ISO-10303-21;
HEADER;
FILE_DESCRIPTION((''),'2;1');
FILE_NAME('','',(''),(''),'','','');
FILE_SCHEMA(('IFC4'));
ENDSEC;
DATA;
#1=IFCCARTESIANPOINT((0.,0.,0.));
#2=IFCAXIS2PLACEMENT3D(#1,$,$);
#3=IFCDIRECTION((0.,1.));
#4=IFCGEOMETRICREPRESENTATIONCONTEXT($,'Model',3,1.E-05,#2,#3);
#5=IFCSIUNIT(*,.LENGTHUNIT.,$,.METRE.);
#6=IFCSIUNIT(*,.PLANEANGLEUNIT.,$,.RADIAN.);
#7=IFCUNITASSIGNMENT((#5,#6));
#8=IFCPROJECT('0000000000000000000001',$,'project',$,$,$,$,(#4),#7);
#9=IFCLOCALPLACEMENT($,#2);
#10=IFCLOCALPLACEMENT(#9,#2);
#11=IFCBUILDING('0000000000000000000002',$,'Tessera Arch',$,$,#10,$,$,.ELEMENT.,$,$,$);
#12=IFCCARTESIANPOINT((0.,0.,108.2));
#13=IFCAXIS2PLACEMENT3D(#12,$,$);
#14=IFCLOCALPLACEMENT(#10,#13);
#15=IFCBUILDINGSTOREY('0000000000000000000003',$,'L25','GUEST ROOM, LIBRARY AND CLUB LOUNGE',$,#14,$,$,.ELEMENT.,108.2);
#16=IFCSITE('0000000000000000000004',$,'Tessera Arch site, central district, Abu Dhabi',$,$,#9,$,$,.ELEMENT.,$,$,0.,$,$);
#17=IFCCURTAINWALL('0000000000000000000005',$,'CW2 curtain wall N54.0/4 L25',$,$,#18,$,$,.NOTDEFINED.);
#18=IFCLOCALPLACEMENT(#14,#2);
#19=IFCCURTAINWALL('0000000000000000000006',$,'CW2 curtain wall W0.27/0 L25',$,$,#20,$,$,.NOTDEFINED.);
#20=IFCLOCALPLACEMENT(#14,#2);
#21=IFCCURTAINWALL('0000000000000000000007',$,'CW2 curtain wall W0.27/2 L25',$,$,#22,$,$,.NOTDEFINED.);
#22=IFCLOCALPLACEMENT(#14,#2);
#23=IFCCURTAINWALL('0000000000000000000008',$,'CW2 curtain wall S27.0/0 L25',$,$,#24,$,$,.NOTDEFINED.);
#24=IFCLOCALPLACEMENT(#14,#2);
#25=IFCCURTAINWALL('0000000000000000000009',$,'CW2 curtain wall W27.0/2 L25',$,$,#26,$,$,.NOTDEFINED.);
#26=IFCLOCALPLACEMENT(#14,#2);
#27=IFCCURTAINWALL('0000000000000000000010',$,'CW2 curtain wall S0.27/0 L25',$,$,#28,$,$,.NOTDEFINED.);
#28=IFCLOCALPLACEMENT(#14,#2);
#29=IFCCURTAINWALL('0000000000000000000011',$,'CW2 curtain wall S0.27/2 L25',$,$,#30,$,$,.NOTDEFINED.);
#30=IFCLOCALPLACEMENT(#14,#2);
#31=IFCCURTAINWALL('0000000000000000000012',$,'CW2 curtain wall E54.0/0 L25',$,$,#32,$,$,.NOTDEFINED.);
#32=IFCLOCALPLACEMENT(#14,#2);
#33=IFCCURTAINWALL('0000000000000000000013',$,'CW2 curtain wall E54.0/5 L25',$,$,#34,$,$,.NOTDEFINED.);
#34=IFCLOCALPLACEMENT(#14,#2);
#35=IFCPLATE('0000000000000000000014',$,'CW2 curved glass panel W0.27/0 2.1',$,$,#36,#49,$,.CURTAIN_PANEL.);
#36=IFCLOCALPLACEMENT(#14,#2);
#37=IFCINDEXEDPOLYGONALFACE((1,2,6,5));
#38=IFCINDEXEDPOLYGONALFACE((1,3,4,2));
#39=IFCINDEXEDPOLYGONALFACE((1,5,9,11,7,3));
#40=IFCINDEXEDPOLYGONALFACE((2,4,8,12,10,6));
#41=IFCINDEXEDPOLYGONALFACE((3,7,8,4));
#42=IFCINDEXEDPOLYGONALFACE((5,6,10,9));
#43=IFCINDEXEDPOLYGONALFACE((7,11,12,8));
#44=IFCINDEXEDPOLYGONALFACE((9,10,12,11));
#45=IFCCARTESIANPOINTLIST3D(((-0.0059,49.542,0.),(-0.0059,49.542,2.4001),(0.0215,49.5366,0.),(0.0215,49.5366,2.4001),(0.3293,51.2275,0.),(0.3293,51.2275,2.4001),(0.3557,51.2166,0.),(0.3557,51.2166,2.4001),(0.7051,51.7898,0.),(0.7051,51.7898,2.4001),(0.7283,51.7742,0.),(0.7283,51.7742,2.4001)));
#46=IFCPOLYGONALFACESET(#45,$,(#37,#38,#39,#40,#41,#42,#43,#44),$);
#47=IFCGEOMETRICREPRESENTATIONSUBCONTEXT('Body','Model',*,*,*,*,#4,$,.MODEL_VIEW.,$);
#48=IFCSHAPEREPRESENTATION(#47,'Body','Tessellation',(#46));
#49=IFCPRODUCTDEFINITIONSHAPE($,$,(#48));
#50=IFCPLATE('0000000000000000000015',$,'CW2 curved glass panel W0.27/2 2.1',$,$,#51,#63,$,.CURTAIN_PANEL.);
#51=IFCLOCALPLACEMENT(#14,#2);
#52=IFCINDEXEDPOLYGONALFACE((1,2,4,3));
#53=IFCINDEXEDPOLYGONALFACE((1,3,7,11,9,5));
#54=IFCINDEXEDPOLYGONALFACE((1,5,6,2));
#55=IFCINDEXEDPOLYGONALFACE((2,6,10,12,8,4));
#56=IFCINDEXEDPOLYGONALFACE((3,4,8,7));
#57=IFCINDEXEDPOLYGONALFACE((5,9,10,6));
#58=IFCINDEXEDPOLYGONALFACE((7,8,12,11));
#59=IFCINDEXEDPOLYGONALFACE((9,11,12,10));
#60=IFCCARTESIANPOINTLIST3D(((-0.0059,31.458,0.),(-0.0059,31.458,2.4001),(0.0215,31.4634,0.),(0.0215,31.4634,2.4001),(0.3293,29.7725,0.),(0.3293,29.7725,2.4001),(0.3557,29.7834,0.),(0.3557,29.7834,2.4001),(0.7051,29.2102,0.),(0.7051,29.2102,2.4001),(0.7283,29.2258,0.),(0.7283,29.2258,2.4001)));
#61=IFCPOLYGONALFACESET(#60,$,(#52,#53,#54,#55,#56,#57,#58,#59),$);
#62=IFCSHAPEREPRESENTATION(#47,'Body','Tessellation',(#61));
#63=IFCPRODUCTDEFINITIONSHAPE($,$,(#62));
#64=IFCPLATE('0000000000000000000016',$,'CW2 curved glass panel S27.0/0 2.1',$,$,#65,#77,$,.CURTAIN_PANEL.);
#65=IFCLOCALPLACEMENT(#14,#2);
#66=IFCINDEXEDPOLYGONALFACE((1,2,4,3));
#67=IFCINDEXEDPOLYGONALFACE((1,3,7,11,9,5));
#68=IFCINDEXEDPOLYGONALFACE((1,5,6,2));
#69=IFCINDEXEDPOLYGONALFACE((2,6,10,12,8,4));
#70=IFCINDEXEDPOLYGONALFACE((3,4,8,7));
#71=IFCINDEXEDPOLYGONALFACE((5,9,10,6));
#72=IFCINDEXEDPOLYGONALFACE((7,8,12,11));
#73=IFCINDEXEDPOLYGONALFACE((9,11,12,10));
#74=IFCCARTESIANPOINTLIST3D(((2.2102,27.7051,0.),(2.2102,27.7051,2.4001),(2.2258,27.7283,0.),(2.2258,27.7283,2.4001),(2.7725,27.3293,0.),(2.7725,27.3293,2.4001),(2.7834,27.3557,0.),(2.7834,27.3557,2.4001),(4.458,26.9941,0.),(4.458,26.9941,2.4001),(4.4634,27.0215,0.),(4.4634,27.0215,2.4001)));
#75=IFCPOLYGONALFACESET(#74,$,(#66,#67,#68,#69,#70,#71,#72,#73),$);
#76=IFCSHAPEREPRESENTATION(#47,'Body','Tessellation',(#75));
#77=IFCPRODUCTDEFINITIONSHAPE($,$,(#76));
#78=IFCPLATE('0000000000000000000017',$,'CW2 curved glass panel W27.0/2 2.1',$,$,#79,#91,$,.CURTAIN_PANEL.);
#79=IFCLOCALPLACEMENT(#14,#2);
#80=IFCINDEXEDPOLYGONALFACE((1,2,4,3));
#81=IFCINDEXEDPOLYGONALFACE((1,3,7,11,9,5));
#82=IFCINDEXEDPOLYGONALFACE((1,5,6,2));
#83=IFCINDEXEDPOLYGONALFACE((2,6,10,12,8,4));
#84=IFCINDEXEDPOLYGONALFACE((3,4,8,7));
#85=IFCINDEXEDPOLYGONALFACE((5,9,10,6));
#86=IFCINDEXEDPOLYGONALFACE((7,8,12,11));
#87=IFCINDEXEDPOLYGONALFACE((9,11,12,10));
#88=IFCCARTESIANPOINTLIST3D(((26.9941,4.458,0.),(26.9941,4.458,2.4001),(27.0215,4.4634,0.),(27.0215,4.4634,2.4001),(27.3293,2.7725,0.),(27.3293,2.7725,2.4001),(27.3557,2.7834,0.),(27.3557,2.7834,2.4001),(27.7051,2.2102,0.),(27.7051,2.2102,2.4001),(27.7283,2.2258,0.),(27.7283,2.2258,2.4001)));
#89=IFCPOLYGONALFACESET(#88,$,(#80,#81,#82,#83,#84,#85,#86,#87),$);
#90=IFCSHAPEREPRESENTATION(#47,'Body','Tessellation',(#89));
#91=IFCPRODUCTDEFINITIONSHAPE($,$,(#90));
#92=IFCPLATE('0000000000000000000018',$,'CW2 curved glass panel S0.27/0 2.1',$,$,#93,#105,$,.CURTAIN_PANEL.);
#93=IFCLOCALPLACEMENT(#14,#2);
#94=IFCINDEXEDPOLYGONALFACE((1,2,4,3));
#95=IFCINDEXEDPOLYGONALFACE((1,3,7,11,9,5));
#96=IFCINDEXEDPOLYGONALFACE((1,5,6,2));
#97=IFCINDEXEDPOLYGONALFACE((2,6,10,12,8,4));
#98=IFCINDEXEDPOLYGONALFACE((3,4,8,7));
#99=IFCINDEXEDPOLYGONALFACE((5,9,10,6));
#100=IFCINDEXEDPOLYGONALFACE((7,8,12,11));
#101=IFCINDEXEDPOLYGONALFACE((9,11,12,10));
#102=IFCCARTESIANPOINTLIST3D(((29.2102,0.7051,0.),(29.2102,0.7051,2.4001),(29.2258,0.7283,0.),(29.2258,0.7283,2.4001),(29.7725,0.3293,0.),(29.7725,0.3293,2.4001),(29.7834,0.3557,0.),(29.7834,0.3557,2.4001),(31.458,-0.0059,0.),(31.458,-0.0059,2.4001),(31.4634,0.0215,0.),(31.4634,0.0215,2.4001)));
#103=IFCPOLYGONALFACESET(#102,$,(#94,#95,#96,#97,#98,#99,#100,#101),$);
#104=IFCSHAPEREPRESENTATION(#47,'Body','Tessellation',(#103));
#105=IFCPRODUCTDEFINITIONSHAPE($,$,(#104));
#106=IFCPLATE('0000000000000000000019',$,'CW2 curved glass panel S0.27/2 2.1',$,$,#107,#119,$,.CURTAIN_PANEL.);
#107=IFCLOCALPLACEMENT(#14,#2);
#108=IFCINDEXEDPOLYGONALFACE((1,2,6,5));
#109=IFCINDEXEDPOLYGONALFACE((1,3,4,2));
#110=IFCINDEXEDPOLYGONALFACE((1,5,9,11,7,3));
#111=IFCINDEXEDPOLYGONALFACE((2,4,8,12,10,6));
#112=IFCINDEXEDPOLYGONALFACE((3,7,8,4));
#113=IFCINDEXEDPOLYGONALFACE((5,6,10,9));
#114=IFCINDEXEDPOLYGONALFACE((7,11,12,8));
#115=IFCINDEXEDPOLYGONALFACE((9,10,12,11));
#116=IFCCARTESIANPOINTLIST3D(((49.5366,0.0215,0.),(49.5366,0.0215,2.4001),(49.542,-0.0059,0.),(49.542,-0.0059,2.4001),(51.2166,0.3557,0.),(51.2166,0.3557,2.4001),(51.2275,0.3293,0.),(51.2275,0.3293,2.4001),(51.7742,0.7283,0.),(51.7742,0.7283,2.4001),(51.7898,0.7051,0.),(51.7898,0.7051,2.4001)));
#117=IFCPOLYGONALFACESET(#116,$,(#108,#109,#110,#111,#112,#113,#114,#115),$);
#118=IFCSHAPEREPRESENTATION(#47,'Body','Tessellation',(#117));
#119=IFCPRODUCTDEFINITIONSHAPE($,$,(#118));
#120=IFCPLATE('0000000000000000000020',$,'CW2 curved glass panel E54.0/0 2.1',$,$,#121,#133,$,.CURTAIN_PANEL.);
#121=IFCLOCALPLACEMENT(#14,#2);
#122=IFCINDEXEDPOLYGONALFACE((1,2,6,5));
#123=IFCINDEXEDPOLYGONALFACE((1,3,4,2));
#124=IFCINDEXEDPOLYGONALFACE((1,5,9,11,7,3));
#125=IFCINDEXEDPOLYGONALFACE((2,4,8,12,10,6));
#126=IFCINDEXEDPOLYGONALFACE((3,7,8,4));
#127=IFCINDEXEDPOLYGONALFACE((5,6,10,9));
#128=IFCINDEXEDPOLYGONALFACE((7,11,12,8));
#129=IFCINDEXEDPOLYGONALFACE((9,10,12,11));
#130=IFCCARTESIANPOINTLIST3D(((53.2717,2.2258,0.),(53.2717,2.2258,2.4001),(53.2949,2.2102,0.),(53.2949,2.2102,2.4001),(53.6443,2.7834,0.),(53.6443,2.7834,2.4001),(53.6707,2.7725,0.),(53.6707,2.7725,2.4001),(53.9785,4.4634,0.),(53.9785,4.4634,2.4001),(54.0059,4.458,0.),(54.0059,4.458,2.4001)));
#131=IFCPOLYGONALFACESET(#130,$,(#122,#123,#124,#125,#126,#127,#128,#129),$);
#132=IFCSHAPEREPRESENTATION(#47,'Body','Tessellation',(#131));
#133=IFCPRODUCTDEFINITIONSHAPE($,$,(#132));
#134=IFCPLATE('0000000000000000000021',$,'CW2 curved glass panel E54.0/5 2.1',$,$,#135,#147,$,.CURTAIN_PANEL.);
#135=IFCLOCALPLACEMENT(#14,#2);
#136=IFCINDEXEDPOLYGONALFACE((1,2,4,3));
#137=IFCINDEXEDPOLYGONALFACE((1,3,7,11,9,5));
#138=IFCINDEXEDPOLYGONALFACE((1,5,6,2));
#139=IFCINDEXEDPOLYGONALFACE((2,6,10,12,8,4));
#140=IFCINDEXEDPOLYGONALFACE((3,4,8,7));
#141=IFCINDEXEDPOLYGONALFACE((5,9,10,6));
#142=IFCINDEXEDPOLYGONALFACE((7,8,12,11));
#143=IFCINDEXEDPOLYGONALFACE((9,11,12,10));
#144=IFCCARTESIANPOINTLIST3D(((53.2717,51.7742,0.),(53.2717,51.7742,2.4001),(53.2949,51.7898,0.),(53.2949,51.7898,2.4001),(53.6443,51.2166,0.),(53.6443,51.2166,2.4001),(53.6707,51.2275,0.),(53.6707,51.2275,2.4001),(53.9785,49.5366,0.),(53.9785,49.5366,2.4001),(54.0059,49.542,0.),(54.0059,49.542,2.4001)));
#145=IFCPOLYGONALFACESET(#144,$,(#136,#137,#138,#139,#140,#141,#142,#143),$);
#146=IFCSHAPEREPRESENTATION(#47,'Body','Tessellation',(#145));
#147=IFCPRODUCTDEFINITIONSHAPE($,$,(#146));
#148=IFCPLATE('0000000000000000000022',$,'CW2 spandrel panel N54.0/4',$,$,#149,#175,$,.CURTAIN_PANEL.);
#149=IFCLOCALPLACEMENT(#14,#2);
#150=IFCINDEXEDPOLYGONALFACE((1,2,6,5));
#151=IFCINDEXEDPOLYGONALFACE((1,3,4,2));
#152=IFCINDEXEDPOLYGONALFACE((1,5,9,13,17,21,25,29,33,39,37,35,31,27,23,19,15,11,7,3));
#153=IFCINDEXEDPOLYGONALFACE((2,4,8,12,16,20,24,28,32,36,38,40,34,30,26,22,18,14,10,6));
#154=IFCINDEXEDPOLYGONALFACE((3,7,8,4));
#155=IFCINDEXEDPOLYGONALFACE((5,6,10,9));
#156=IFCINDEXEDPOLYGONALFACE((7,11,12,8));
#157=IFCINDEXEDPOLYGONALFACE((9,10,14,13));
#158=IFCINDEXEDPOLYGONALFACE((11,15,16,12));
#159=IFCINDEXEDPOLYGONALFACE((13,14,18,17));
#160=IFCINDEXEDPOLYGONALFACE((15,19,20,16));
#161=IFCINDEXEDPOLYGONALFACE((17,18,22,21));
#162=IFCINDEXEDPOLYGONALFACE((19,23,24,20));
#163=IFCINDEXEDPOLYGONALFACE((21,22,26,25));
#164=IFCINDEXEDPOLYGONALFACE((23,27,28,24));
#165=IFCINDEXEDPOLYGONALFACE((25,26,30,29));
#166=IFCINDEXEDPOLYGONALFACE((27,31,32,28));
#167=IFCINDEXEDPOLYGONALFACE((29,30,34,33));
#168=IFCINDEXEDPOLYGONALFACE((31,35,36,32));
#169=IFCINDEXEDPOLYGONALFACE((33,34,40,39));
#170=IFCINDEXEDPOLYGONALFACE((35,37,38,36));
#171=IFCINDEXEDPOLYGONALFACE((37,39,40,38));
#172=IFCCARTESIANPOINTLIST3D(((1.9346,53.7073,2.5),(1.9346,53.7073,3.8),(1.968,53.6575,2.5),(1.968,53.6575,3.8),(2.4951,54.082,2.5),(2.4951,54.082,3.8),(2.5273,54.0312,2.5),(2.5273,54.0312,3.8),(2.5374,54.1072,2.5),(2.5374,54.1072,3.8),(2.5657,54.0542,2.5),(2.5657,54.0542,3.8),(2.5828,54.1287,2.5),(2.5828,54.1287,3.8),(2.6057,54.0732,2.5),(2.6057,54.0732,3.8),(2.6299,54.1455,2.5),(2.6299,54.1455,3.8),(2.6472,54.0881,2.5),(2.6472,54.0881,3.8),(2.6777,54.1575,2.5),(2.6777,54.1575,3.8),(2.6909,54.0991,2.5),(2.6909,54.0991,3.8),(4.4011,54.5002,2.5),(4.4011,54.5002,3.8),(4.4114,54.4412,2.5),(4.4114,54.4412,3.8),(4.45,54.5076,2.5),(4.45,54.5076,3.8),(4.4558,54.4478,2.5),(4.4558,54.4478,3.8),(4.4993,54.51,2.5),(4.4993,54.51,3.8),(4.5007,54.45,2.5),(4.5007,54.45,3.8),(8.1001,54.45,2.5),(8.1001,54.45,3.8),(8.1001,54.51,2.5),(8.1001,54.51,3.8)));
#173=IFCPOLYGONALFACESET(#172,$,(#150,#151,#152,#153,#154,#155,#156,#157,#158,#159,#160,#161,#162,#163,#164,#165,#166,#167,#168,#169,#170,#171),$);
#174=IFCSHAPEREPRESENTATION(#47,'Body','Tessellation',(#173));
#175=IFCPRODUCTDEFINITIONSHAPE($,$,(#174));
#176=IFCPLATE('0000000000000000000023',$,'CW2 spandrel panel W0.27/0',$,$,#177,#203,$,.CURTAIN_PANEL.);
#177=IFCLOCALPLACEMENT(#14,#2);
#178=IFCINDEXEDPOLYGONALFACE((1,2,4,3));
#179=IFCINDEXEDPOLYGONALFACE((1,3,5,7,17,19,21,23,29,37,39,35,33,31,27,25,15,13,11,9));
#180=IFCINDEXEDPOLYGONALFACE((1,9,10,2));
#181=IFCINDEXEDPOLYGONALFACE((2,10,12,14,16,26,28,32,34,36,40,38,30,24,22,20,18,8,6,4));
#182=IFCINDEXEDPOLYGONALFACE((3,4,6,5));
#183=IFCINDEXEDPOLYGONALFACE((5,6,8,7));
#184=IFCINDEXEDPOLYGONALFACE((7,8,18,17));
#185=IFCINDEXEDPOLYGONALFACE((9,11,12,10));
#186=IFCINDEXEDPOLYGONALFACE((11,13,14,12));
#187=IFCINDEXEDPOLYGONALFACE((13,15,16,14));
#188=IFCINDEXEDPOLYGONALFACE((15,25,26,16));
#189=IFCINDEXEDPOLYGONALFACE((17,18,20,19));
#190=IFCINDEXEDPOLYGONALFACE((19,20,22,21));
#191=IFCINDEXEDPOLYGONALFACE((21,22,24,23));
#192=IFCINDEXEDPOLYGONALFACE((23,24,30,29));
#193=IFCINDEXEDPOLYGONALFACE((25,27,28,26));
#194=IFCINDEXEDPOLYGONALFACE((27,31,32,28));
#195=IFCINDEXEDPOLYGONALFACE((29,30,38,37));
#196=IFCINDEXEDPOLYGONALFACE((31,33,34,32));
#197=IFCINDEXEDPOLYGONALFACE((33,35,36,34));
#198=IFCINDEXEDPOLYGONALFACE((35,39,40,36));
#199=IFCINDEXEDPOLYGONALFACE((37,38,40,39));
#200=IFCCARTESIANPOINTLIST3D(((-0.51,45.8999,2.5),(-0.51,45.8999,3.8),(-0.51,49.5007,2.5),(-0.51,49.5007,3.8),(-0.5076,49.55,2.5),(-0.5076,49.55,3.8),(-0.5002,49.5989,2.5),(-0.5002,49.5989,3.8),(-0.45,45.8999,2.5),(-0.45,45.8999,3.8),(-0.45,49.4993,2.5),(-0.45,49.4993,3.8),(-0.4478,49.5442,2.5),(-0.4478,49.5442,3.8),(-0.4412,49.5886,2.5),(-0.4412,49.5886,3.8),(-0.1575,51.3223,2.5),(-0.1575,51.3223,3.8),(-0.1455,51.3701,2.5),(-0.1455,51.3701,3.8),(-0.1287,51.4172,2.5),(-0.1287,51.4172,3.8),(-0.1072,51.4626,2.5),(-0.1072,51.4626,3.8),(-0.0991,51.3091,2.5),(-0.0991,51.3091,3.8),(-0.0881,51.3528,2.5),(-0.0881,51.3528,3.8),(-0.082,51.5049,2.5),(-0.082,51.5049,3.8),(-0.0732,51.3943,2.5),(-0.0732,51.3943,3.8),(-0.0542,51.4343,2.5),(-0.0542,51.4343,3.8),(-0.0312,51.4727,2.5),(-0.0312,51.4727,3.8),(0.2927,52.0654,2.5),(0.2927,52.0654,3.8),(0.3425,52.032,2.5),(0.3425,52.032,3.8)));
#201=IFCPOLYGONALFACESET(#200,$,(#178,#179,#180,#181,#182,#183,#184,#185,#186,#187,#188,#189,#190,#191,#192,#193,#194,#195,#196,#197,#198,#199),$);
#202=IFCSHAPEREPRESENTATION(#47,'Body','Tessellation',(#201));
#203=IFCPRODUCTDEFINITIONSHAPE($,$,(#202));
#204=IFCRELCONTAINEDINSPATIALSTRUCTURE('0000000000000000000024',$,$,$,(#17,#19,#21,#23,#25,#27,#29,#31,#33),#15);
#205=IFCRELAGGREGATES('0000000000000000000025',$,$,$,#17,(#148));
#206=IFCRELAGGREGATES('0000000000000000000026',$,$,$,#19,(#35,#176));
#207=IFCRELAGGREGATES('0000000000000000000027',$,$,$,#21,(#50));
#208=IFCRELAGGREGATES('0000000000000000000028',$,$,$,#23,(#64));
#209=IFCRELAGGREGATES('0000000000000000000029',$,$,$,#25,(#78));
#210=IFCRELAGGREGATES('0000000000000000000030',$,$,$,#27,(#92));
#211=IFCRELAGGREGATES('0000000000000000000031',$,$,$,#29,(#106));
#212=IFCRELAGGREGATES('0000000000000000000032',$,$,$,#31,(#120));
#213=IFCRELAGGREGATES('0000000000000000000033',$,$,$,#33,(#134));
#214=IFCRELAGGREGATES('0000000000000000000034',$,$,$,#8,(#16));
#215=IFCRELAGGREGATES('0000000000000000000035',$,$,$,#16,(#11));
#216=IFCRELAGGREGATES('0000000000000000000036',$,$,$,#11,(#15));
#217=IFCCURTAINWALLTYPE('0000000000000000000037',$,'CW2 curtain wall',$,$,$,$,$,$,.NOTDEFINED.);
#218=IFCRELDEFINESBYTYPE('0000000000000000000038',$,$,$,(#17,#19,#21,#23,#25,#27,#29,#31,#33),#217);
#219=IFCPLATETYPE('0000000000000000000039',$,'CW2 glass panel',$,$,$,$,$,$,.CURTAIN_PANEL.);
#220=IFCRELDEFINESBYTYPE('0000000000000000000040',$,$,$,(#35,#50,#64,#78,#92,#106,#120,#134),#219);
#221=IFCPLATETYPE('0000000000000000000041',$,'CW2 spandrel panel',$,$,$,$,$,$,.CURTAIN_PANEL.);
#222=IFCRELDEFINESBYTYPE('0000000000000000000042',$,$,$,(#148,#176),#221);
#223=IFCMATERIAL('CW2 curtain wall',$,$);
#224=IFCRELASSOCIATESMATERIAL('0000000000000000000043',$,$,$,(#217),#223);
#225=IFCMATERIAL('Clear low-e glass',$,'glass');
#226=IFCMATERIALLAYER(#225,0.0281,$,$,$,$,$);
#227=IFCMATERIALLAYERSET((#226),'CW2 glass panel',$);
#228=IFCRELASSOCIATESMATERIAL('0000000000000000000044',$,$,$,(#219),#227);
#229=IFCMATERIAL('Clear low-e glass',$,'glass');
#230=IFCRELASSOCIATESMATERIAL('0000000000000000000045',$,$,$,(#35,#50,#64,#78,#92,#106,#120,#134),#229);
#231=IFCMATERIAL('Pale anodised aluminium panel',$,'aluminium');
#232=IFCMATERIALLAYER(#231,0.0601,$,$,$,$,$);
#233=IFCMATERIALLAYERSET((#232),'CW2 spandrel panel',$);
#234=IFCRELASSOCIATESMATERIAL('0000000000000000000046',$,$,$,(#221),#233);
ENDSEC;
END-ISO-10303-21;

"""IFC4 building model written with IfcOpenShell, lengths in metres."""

from ifc_helpers import new_model, si_unit, direction, frame, origin, place, context, subcontext, project, spatial, polyline, outline, extrude, material, layer, layer_set, type_object, element, aggregate, save


model = new_model("IFC4")

# Units and contexts
model_context = context("Model", 3, precision=1e-05, world=origin(), true_north=direction((0.0, 1.0)))
body_context = subcontext(model_context, "Body", "Model", "MODEL_VIEW")
ifc_project = project(units=[si_unit("LENGTHUNIT", "METRE"), si_unit("PLANEANGLEUNIT", "RADIAN")], contexts=[model_context])

# Site, building, storey
site_placement = place(None, origin())
site = spatial("IfcSite", under=ifc_project, at=site_placement, Name="Tessera Arch site, central district, Abu Dhabi", CompositionType="ELEMENT", RefElevation=0.0)
building_placement = place(site_placement, origin())
building = spatial("IfcBuilding", under=site, at=building_placement, Name="Tessera Arch", CompositionType="ELEMENT")
storey_placement = place(building_placement, frame((0.0, 0.0, 108.2)))
storey = spatial("IfcBuildingStorey", under=building, at=storey_placement, Name="L25", Description="GUEST ROOM, LIBRARY AND CLUB LOUNGE", CompositionType="ELEMENT", Elevation=108.2)

# Curtain walls
ifc_material_1 = material(Name="CW2 curtain wall")
curtain_wall_type = type_object("IfcCurtainWallType", Name="CW2 curtain wall", PredefinedType="NOTDEFINED", material=ifc_material_1)
curtain_wall_1_placement = place(storey_placement, origin())
curtain_wall_1 = element("IfcCurtainWall", 1, at=curtain_wall_1_placement, inside=storey, type_object=curtain_wall_type, Name="CW2 curtain wall N54.0/4 L25", PredefinedType="NOTDEFINED")
curtain_wall_2_placement = place(storey_placement, origin())
curtain_wall_2 = element("IfcCurtainWall", 2, at=curtain_wall_2_placement, inside=storey, type_object=curtain_wall_type, Name="CW2 curtain wall W0.27/0 L25", PredefinedType="NOTDEFINED")
curtain_wall_3_placement = place(storey_placement, origin())
curtain_wall_3 = element("IfcCurtainWall", 3, at=curtain_wall_3_placement, inside=storey, type_object=curtain_wall_type, Name="CW2 curtain wall W0.27/2 L25", PredefinedType="NOTDEFINED")
curtain_wall_4_placement = place(storey_placement, origin())
curtain_wall_4 = element("IfcCurtainWall", 4, at=curtain_wall_4_placement, inside=storey, type_object=curtain_wall_type, Name="CW2 curtain wall S27.0/0 L25", PredefinedType="NOTDEFINED")
curtain_wall_5_placement = place(storey_placement, origin())
curtain_wall_5 = element("IfcCurtainWall", 5, at=curtain_wall_5_placement, inside=storey, type_object=curtain_wall_type, Name="CW2 curtain wall W27.0/2 L25", PredefinedType="NOTDEFINED")
curtain_wall_6_placement = place(storey_placement, origin())
curtain_wall_6 = element("IfcCurtainWall", 6, at=curtain_wall_6_placement, inside=storey, type_object=curtain_wall_type, Name="CW2 curtain wall S0.27/0 L25", PredefinedType="NOTDEFINED")
curtain_wall_7_placement = place(storey_placement, origin())
curtain_wall_7 = element("IfcCurtainWall", 7, at=curtain_wall_7_placement, inside=storey, type_object=curtain_wall_type, Name="CW2 curtain wall S0.27/2 L25", PredefinedType="NOTDEFINED")
curtain_wall_8_placement = place(storey_placement, origin())
curtain_wall_8 = element("IfcCurtainWall", 8, at=curtain_wall_8_placement, inside=storey, type_object=curtain_wall_type, Name="CW2 curtain wall E54.0/0 L25", PredefinedType="NOTDEFINED")
curtain_wall_9_placement = place(storey_placement, origin())
curtain_wall_9 = element("IfcCurtainWall", 9, at=curtain_wall_9_placement, inside=storey, type_object=curtain_wall_type, Name="CW2 curtain wall E54.0/5 L25", PredefinedType="NOTDEFINED")

# Plates
ifc_material_2 = material(Name="Clear low-e glass", Category="glass")
ifc_material_3 = material(Name="Clear low-e glass", Category="glass")
ifc_layer_1 = layer(ifc_material_3, 0.0281)
ifc_layer_set_1 = layer_set([ifc_layer_1], Name="CW2 glass panel")
plate_type_1 = type_object("IfcPlateType", Name="CW2 glass panel", PredefinedType="CURTAIN_PANEL", material=ifc_layer_set_1)
plate_1_placement = place(storey_placement, origin())
plate_1 = element("IfcPlate", 10, at=plate_1_placement, type_object=plate_type_1, material=ifc_material_2, Name="CW2 curved glass panel W0.27/0 2.1", PredefinedType="CURTAIN_PANEL", context=body_context, shape_type="SweptSolid", body=[
    extrude(outline(polyline([(0.3557, 51.2166), (0.7283, 51.7742), (0.7051, 51.7898), (0.3293, 51.2275), (-0.0059, 49.542), (0.0215, 49.5366), (0.3557, 51.2166)])), origin(), (0.0, 0.0, 1.0), 2.4001),
])
plate_2_placement = place(storey_placement, origin())
plate_2 = element("IfcPlate", 11, at=plate_2_placement, type_object=plate_type_1, material=ifc_material_2, Name="CW2 curved glass panel W0.27/2 2.1", PredefinedType="CURTAIN_PANEL", context=body_context, shape_type="SweptSolid", body=[
    extrude(outline(polyline([(0.3557, 29.7834), (0.0215, 31.4634), (-0.0059, 31.458), (0.3293, 29.7725), (0.7051, 29.2102), (0.7283, 29.2258), (0.3557, 29.7834)])), origin(), (0.0, 0.0, 1.0), 2.4001),
])
plate_3_placement = place(storey_placement, origin())
plate_3 = element("IfcPlate", 12, at=plate_3_placement, type_object=plate_type_1, material=ifc_material_2, Name="CW2 curved glass panel S27.0/0 2.1", PredefinedType="CURTAIN_PANEL", context=body_context, shape_type="SweptSolid", body=[
    extrude(outline(polyline([(2.7834, 27.3557), (2.2258, 27.7283), (2.2102, 27.7051), (2.7725, 27.3293), (4.458, 26.9941), (4.4634, 27.0215), (2.7834, 27.3557)])), origin(), (0.0, 0.0, 1.0), 2.4001),
])
plate_4_placement = place(storey_placement, origin())
plate_4 = element("IfcPlate", 13, at=plate_4_placement, type_object=plate_type_1, material=ifc_material_2, Name="CW2 curved glass panel W27.0/2 2.1", PredefinedType="CURTAIN_PANEL", context=body_context, shape_type="SweptSolid", body=[
    extrude(outline(polyline([(27.3557, 2.7834), (27.0215, 4.4634), (26.9941, 4.458), (27.3293, 2.7725), (27.7051, 2.2102), (27.7283, 2.2258), (27.3557, 2.7834)])), origin(), (0.0, 0.0, 1.0), 2.4001),
])
plate_5_placement = place(storey_placement, origin())
plate_5 = element("IfcPlate", 14, at=plate_5_placement, type_object=plate_type_1, material=ifc_material_2, Name="CW2 curved glass panel S0.27/0 2.1", PredefinedType="CURTAIN_PANEL", context=body_context, shape_type="SweptSolid", body=[
    extrude(outline(polyline([(29.7834, 0.3557), (29.2258, 0.7283), (29.2102, 0.7051), (29.7725, 0.3293), (31.458, -0.0059), (31.4634, 0.0215), (29.7834, 0.3557)])), origin(), (0.0, 0.0, 1.0), 2.4001),
])
plate_6_placement = place(storey_placement, origin())
plate_6 = element("IfcPlate", 15, at=plate_6_placement, type_object=plate_type_1, material=ifc_material_2, Name="CW2 curved glass panel S0.27/2 2.1", PredefinedType="CURTAIN_PANEL", context=body_context, shape_type="SweptSolid", body=[
    extrude(outline(polyline([(51.2166, 0.3557), (49.5366, 0.0215), (49.542, -0.0059), (51.2275, 0.3293), (51.7898, 0.7051), (51.7742, 0.7283), (51.2166, 0.3557)])), origin(), (0.0, 0.0, 1.0), 2.4001),
])
plate_7_placement = place(storey_placement, origin())
plate_7 = element("IfcPlate", 16, at=plate_7_placement, type_object=plate_type_1, material=ifc_material_2, Name="CW2 curved glass panel E54.0/0 2.1", PredefinedType="CURTAIN_PANEL", context=body_context, shape_type="SweptSolid", body=[
    extrude(outline(polyline([(53.6443, 2.7834), (53.2717, 2.2258), (53.2949, 2.2102), (53.6707, 2.7725), (54.0059, 4.458), (53.9785, 4.4634), (53.6443, 2.7834)])), origin(), (0.0, 0.0, 1.0), 2.4001),
])
plate_8_placement = place(storey_placement, origin())
plate_8 = element("IfcPlate", 17, at=plate_8_placement, type_object=plate_type_1, material=ifc_material_2, Name="CW2 curved glass panel E54.0/5 2.1", PredefinedType="CURTAIN_PANEL", context=body_context, shape_type="SweptSolid", body=[
    extrude(outline(polyline([(53.6443, 51.2166), (53.9785, 49.5366), (54.0059, 49.542), (53.6707, 51.2275), (53.2949, 51.7898), (53.2717, 51.7742), (53.6443, 51.2166)])), origin(), (0.0, 0.0, 1.0), 2.4001),
])
ifc_material_4 = material(Name="Pale anodised aluminium panel", Category="aluminium")
ifc_layer_2 = layer(ifc_material_4, 0.0601)
ifc_layer_set_2 = layer_set([ifc_layer_2], Name="CW2 spandrel panel")
plate_type_2 = type_object("IfcPlateType", Name="CW2 spandrel panel", PredefinedType="CURTAIN_PANEL", material=ifc_layer_set_2)
plate_9_placement = place(storey_placement, frame((0.0, 0.0, 2.5)))
plate_9 = element("IfcPlate", 18, at=plate_9_placement, type_object=plate_type_2, Name="CW2 spandrel panel N54.0/4", PredefinedType="CURTAIN_PANEL", context=body_context, shape_type="SweptSolid", body=[
    extrude(outline(polyline([(4.5007, 54.45), (8.1001, 54.45), (8.1001, 54.51), (4.4993, 54.51), (4.45, 54.5076), (4.4011, 54.5002), (2.6777, 54.1575), (2.6299, 54.1455), (2.5828, 54.1287), (2.5374, 54.1072), (2.4951, 54.082), (1.9346, 53.7073), (1.968, 53.6575), (2.5273, 54.0312), (2.5657, 54.0542), (2.6057, 54.0732), (2.6472, 54.0881), (2.6909, 54.0991), (4.4114, 54.4412), (4.4558, 54.4478), (4.5007, 54.45)])), origin(), (0.0, 0.0, 1.0), 1.3),
])
aggregate(curtain_wall_1, [plate_9])
plate_10_placement = place(storey_placement, frame((0.0, 0.0, 2.5)))
plate_10 = element("IfcPlate", 19, at=plate_10_placement, type_object=plate_type_2, Name="CW2 spandrel panel W0.27/0", PredefinedType="CURTAIN_PANEL", context=body_context, shape_type="SweptSolid", body=[
    extrude(outline(polyline([(-0.0312, 51.4727), (0.3425, 52.032), (0.2927, 52.0654), (-0.082, 51.5049), (-0.1072, 51.4626), (-0.1287, 51.4172), (-0.1455, 51.3701), (-0.1575, 51.3223), (-0.5002, 49.5989), (-0.5076, 49.55), (-0.51, 49.5007), (-0.51, 45.8999), (-0.45, 45.8999), (-0.45, 49.4993), (-0.4478, 49.5442), (-0.4412, 49.5886), (-0.0991, 51.3091), (-0.0881, 51.3528), (-0.0732, 51.3943), (-0.0542, 51.4343), (-0.0312, 51.4727)])), origin(), (0.0, 0.0, 1.0), 1.3),
])
aggregate(curtain_wall_2, [plate_1, plate_10])
aggregate(curtain_wall_3, [plate_2])
aggregate(curtain_wall_4, [plate_3])
aggregate(curtain_wall_5, [plate_4])
aggregate(curtain_wall_6, [plate_5])
aggregate(curtain_wall_7, [plate_6])
aggregate(curtain_wall_8, [plate_7])
aggregate(curtain_wall_9, [plate_8])

save(model, "model.ifc")
